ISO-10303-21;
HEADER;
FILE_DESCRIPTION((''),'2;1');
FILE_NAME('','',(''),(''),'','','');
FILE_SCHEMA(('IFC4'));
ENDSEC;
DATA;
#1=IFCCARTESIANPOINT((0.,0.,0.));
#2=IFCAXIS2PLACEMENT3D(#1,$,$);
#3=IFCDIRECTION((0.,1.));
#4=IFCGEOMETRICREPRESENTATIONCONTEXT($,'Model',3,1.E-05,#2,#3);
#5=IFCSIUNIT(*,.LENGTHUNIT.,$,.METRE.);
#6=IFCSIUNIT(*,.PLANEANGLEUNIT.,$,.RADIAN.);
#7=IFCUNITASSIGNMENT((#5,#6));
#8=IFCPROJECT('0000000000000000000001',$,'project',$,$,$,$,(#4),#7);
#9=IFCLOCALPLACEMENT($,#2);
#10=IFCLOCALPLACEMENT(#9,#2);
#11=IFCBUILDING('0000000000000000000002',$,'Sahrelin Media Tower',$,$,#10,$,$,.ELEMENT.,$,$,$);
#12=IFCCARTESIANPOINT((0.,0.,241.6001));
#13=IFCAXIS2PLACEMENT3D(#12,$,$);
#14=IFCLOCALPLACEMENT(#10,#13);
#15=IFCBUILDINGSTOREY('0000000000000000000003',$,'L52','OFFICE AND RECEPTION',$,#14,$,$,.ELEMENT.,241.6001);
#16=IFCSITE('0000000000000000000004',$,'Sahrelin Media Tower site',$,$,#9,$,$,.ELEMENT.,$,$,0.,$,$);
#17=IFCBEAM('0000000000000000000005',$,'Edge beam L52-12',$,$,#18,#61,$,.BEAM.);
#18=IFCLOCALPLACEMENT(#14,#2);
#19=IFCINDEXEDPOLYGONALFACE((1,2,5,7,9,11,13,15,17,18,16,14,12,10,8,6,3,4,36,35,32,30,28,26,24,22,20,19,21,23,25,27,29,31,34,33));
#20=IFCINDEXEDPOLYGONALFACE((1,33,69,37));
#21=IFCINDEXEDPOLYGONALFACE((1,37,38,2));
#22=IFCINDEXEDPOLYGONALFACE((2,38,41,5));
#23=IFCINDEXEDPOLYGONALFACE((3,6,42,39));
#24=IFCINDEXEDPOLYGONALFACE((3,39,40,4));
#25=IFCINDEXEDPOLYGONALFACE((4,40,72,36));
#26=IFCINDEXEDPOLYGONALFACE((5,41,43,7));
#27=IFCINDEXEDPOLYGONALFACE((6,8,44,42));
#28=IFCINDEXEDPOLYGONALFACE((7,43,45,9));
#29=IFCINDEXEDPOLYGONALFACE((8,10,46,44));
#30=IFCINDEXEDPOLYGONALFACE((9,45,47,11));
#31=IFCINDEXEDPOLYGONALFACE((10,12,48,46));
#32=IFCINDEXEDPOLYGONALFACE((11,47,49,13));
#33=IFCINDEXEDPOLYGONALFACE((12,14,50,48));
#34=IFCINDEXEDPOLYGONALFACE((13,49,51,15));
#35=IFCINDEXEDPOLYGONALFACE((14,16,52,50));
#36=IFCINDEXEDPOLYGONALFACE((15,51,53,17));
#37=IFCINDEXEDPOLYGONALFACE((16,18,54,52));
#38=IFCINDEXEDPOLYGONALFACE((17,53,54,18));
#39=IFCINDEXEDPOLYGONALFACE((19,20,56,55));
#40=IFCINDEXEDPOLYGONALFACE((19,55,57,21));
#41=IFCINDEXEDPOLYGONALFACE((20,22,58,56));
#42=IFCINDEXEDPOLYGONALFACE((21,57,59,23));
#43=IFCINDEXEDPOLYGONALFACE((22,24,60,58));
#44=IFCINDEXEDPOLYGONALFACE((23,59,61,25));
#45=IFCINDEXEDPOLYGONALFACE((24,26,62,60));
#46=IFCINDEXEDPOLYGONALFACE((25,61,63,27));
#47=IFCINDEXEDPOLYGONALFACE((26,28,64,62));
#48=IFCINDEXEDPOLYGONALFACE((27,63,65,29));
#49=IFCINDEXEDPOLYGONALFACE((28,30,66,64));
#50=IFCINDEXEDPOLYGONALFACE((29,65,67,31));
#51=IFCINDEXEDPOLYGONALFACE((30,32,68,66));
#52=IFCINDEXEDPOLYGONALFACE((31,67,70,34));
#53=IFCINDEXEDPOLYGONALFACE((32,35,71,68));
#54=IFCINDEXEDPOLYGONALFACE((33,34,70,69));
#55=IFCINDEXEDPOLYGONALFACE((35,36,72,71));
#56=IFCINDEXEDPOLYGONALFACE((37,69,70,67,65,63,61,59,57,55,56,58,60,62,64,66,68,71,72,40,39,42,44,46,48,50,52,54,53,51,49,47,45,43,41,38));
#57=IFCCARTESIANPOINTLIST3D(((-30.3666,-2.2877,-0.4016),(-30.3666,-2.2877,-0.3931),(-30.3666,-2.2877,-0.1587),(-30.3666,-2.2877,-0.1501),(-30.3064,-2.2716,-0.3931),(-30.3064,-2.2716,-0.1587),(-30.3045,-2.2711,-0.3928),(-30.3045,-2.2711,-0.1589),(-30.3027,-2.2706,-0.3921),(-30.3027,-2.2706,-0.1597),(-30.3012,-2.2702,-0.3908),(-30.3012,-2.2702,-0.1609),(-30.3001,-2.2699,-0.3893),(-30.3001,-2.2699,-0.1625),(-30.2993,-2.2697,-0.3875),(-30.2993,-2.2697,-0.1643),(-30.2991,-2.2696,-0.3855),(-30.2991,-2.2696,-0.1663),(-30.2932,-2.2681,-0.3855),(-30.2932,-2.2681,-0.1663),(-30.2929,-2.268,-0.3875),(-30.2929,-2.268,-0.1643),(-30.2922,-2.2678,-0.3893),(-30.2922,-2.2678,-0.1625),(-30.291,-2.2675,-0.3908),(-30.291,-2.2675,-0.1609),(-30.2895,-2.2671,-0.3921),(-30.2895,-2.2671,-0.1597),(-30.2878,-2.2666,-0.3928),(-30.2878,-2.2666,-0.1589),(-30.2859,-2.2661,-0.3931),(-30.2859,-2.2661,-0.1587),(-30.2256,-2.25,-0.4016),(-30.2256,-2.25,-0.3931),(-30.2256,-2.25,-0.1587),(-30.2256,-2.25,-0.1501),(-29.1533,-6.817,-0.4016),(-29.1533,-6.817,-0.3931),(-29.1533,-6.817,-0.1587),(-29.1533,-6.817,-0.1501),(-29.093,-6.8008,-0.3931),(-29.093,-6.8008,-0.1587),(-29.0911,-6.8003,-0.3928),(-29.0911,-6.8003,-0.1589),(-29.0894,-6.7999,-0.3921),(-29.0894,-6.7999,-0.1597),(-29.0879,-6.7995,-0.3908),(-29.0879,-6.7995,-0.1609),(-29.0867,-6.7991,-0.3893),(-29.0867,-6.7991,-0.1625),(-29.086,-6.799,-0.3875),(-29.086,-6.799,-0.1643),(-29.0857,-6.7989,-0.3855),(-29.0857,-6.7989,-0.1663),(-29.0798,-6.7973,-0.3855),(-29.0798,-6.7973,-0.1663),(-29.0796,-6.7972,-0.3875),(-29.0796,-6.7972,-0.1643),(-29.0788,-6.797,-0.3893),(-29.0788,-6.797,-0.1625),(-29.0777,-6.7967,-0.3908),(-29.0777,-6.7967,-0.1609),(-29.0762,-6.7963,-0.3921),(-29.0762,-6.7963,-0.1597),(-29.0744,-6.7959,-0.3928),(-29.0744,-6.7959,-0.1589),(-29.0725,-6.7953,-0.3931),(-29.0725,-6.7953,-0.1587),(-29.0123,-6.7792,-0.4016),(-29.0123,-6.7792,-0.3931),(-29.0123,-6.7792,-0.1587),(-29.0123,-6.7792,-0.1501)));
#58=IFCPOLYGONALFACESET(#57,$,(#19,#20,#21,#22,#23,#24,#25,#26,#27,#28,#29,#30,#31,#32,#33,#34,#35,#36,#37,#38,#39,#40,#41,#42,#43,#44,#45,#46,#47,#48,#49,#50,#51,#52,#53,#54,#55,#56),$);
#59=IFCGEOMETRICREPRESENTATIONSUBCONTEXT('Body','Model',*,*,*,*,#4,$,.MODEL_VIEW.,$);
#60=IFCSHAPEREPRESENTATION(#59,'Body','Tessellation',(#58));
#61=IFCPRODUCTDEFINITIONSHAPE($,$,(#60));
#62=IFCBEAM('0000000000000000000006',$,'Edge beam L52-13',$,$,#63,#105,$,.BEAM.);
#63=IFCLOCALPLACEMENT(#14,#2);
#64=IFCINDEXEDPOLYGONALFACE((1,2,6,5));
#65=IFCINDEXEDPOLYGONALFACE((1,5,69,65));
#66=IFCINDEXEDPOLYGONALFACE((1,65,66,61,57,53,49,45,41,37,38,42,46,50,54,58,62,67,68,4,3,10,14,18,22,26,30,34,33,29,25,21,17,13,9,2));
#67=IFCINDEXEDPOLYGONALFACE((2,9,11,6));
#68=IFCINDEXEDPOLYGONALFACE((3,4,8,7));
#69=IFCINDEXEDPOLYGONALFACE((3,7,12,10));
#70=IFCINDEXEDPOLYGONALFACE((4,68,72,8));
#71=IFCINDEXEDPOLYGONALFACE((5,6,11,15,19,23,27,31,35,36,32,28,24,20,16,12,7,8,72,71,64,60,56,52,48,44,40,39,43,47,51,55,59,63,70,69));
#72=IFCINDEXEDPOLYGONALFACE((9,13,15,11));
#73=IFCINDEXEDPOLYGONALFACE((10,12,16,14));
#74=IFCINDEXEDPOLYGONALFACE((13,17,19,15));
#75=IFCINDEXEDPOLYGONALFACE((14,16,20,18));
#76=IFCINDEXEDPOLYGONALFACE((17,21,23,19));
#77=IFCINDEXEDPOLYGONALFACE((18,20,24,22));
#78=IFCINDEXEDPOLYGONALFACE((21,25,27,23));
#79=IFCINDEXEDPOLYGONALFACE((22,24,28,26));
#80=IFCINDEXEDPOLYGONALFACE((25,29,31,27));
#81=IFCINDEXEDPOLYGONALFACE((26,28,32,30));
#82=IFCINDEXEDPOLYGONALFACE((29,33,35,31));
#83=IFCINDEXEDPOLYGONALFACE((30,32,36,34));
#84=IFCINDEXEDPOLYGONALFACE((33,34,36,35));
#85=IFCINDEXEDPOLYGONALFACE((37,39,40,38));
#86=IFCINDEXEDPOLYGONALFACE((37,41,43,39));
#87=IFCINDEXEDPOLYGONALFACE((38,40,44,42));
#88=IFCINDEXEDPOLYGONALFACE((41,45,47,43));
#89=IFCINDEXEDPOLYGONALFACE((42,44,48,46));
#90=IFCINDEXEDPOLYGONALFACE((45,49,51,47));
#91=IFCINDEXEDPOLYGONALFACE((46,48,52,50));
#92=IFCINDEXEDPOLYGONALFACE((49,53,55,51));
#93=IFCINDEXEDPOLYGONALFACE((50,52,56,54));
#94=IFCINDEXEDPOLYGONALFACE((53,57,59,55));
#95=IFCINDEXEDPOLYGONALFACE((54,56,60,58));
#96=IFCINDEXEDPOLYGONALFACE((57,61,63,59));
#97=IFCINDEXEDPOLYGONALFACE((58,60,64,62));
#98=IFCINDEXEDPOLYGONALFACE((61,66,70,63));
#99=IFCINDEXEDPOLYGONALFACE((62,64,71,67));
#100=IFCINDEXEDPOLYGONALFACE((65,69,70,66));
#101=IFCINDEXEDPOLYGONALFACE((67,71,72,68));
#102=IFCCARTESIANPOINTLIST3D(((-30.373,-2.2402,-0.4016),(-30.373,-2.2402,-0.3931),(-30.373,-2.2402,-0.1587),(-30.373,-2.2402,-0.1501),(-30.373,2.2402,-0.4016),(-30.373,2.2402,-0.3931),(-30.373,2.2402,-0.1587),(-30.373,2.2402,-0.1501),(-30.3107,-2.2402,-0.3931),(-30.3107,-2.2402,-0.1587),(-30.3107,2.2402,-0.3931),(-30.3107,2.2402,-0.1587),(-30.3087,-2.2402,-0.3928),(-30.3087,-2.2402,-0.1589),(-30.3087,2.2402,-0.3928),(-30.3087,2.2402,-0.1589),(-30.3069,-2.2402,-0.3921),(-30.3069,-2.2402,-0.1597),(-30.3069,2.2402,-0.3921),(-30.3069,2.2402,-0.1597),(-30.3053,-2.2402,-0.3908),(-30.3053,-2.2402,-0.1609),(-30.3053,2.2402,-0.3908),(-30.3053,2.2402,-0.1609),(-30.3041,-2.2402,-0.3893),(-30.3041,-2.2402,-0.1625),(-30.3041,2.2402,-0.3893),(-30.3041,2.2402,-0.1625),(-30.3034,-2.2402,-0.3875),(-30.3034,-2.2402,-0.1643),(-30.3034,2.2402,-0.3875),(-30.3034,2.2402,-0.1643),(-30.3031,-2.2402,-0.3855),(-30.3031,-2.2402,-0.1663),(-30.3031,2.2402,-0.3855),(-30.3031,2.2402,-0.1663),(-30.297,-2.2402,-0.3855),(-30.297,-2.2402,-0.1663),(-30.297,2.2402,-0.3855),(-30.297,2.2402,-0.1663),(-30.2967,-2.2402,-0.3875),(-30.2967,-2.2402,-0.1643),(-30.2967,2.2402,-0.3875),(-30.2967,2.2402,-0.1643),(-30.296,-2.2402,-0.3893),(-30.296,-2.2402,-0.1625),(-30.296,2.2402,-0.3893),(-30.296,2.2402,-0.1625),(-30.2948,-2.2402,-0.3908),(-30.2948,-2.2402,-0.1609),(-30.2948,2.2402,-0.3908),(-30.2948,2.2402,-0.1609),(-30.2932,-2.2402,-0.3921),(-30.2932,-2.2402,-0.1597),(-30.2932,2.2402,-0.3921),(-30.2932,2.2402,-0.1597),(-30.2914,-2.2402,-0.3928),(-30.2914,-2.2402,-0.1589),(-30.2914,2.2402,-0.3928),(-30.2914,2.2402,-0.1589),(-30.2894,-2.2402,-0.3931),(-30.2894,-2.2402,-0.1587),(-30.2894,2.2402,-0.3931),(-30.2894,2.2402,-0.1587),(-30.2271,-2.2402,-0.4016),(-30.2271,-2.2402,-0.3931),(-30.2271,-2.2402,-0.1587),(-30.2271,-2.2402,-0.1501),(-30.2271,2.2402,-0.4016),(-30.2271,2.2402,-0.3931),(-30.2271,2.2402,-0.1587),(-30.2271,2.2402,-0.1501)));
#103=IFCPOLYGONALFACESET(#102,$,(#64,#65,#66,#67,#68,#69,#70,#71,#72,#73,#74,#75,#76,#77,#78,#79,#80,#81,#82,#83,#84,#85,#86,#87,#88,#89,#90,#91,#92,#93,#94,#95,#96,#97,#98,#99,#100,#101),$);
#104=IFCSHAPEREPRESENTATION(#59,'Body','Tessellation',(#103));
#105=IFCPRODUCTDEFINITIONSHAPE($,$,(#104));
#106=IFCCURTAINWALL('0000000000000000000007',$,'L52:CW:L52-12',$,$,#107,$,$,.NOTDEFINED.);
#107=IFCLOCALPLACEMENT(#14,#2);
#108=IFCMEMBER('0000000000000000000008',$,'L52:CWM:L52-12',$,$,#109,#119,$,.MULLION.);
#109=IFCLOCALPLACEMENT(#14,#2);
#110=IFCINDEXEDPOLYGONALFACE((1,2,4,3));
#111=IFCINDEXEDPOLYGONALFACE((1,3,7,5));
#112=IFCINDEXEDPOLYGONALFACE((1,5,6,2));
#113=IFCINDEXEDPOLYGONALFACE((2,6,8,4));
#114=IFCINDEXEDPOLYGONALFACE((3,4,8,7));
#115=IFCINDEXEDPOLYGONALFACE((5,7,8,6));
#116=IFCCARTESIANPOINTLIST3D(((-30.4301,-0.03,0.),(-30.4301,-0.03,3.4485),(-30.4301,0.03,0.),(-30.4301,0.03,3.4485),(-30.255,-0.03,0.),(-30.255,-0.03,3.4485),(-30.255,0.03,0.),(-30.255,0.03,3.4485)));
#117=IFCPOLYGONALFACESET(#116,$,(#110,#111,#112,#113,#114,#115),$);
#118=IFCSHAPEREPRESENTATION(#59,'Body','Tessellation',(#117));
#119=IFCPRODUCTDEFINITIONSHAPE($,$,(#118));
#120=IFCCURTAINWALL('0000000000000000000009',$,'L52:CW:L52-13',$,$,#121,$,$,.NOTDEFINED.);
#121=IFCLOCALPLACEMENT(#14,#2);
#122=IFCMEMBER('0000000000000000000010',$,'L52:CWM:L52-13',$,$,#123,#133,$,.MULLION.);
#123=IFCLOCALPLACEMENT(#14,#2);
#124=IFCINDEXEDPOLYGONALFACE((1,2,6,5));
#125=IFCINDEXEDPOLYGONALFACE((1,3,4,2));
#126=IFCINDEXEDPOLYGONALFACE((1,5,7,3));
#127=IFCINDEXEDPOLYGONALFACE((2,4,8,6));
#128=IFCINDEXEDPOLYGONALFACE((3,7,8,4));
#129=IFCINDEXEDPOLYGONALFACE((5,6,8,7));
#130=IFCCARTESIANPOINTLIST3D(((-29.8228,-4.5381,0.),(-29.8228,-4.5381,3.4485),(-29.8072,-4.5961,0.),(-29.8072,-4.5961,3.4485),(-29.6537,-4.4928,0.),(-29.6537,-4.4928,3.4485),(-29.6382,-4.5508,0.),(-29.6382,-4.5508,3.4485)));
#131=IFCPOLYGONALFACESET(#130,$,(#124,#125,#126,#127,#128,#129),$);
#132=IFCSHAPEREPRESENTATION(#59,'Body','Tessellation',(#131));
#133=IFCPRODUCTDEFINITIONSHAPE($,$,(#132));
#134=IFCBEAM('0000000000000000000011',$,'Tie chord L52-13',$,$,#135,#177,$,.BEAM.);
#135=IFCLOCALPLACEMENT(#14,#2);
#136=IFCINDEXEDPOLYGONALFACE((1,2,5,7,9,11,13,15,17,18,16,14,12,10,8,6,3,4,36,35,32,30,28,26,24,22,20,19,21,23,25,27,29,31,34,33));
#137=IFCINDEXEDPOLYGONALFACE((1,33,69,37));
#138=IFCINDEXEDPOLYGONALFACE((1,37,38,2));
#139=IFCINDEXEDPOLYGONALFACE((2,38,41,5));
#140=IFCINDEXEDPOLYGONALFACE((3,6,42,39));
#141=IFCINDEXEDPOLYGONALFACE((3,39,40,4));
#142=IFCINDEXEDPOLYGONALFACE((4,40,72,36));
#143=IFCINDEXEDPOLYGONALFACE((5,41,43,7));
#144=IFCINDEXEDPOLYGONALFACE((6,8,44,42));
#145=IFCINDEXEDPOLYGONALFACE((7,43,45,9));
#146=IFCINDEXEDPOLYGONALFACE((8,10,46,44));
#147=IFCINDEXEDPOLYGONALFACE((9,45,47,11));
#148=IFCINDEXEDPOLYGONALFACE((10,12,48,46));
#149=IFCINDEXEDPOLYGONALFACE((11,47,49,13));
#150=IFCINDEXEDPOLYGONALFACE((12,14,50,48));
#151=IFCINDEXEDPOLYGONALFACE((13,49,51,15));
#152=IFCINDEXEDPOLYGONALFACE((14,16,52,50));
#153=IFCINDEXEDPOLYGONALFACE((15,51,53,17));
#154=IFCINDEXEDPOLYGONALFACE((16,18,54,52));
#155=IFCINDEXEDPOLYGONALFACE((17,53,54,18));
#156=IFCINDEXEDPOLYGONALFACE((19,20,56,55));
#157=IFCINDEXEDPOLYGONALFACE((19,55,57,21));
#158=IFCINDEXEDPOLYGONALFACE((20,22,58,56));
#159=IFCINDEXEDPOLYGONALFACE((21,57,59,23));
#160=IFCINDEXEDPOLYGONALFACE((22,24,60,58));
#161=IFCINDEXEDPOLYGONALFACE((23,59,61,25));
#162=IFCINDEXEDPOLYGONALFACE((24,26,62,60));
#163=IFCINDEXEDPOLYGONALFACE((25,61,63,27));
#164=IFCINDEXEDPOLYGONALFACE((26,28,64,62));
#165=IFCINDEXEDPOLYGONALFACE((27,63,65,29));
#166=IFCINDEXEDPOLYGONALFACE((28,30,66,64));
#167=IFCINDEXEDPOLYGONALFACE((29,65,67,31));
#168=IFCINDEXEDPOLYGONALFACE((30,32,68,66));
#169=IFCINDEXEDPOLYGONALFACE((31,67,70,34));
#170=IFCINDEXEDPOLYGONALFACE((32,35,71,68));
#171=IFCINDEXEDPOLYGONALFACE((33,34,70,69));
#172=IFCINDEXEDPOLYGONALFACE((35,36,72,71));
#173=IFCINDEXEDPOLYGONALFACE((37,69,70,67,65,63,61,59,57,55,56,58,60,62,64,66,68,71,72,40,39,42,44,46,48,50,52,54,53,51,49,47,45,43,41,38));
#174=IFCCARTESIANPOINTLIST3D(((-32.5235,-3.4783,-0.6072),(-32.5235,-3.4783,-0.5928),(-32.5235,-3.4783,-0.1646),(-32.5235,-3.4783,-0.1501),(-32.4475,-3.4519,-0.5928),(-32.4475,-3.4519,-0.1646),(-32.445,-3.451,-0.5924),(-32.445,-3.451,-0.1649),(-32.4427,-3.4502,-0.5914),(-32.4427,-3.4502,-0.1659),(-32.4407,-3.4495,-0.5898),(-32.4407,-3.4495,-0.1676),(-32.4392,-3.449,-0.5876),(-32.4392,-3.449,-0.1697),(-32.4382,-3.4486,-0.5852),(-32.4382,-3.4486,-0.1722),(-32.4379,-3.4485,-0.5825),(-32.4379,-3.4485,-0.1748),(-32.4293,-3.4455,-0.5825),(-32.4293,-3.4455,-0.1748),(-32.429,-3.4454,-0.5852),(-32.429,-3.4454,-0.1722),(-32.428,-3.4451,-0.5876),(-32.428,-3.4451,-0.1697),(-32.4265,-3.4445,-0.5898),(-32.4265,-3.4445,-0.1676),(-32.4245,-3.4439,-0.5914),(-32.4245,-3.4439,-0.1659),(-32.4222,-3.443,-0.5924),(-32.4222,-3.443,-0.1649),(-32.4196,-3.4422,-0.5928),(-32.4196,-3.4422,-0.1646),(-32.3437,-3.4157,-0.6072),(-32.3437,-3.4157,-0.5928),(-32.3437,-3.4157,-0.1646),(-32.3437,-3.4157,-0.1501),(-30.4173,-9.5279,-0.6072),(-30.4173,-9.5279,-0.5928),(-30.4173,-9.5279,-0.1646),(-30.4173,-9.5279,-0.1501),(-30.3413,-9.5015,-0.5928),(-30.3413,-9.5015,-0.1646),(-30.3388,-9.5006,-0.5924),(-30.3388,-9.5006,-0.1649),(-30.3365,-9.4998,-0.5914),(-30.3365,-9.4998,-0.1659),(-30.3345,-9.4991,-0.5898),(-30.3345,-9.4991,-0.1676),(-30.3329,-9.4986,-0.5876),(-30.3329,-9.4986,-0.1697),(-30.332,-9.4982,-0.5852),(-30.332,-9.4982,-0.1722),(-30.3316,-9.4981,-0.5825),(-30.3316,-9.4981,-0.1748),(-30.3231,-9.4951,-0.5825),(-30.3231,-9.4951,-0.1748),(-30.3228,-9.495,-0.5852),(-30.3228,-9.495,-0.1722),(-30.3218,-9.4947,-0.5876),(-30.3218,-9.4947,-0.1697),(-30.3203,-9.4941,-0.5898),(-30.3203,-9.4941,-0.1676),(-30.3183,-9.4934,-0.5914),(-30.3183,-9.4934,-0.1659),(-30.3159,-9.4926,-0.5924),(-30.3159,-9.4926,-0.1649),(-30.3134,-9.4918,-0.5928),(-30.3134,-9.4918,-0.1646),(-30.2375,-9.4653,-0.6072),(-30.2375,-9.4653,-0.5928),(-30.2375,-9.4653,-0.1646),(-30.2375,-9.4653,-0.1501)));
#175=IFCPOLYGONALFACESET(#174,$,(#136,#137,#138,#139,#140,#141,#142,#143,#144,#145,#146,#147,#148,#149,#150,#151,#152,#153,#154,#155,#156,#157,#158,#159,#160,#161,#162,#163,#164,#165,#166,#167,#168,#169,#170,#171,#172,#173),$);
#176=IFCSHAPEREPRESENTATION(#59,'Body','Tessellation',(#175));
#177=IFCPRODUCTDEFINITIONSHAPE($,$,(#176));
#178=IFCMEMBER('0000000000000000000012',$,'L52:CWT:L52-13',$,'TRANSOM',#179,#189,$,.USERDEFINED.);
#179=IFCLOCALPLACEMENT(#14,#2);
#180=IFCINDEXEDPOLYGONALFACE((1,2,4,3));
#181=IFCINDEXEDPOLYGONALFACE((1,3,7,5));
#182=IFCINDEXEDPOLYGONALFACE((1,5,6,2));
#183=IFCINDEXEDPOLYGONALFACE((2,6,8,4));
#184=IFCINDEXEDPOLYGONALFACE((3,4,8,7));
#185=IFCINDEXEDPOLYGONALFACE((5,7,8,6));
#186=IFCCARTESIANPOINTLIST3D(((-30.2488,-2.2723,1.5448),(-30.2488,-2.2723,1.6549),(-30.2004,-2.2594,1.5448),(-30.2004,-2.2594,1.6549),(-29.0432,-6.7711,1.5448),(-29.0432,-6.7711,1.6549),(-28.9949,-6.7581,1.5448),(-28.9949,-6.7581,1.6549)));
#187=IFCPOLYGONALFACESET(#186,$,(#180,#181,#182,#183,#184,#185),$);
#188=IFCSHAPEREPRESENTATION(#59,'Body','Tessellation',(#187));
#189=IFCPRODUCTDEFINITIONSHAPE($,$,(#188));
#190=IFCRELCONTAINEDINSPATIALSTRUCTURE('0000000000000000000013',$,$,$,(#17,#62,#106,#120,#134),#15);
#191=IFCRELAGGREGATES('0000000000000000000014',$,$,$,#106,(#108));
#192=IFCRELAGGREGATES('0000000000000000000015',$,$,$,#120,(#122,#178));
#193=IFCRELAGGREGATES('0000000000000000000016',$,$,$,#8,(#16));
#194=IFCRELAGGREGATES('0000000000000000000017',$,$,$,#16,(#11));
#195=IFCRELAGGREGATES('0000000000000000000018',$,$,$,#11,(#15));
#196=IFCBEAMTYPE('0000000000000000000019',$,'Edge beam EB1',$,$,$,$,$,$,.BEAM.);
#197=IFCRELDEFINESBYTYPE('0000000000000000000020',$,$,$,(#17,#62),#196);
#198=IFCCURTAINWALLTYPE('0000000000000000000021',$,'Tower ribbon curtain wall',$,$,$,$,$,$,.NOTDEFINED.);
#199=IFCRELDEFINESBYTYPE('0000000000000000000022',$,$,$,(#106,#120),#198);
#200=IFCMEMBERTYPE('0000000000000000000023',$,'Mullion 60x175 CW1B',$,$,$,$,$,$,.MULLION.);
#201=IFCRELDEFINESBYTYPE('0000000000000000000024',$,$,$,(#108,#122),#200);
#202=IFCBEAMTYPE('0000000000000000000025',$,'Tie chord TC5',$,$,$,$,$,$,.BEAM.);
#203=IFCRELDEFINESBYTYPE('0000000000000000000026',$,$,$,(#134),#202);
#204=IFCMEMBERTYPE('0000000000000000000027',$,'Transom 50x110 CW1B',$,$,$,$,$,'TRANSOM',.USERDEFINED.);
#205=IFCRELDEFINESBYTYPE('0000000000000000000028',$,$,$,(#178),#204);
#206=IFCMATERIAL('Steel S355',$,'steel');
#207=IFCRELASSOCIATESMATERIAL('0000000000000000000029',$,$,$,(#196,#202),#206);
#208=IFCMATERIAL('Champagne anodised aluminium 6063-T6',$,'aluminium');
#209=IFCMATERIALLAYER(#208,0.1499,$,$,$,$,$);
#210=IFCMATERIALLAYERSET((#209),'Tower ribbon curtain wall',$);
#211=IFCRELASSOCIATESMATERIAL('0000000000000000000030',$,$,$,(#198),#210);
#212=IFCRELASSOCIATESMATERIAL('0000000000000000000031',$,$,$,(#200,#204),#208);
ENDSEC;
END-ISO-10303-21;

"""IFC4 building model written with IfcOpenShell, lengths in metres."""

from ifc_helpers import new_model, si_unit, direction, frame, origin, origin_2d, place, context, subcontext, project, spatial, rectangle, i_section, extrude, material, layer, layer_set, material_profile, profile_set, type_object, element, aggregate, save


model = new_model("IFC4")

# Units and contexts
model_context = context("Model", 3, precision=1e-05, world=origin(), true_north=direction((0.0, 1.0)))
body_context = subcontext(model_context, "Body", "Model", "MODEL_VIEW")
ifc_project = project(units=[si_unit("LENGTHUNIT", "METRE"), si_unit("PLANEANGLEUNIT", "RADIAN")], contexts=[model_context])

# Site, building, storey
site_placement = place(None, origin())
site = spatial("IfcSite", under=ifc_project, at=site_placement, Name="Sahrelin Media Tower site", CompositionType="ELEMENT", RefElevation=0.0)
building_placement = place(site_placement, origin())
building = spatial("IfcBuilding", under=site, at=building_placement, Name="Sahrelin Media Tower", CompositionType="ELEMENT")
storey_placement = place(building_placement, frame((0.0, 0.0, 241.6001)))
storey = spatial("IfcBuildingStorey", under=building, at=storey_placement, Name="L52", Description="OFFICE AND RECEPTION", CompositionType="ELEMENT", Elevation=241.6001)

# Beams
ifc_material_1 = material(Name="Steel S355", Category="steel")
ifc_material_profile_1 = material_profile(ifc_material_1, i_section(OverallWidth=0.146, OverallDepth=0.2515, WebThickness=0.0061, FlangeThickness=0.0085, FilletRadius=0.0076, at=origin_2d()), Name="UB 254x146x31")
ifc_profile_set_1 = profile_set([ifc_material_profile_1], Name="Steel S355")
beam_type_1 = type_object("IfcBeamType", Name="Edge beam EB1", PredefinedType="BEAM", material=ifc_profile_set_1)
beam_1_placement = place(storey_placement, frame((-29.0828, -6.7981, -0.2759), z_axis=(-0.258771, 0.965939, 0.0), x_axis=(-0.965939, -0.258771, 0.0)))
element("IfcBeam", 1, at=beam_1_placement, inside=storey, type_object=beam_type_1, Name="Edge beam L52-12", PredefinedType="BEAM", context=body_context, shape_type="SweptSolid", body=[
    extrude(i_section(OverallWidth=0.146, OverallDepth=0.2515, WebThickness=0.0061, FlangeThickness=0.0085, FilletRadius=0.0076, at=origin_2d()), origin(), (0.0, 0.0, 1.0), 4.689),
])
beam_2_placement = place(storey_placement, frame((-30.3, -2.2402, -0.2759), z_axis=(0.0, 1.0, 0.0), x_axis=(-1.0, 0.0, 0.0)))
element("IfcBeam", 2, at=beam_2_placement, inside=storey, type_object=beam_type_1, Name="Edge beam L52-13", PredefinedType="BEAM", context=body_context, shape_type="SweptSolid", body=[
    extrude(i_section(OverallWidth=0.146, OverallDepth=0.2515, WebThickness=0.0061, FlangeThickness=0.0085, FilletRadius=0.0076, at=origin_2d()), origin(), (0.0, 0.0, 1.0), 4.4805),
])

# Curtain walls, members
ifc_material_2 = material(Name="Champagne anodised aluminium 6063-T6", Category="aluminium")
ifc_layer_1 = layer(ifc_material_2, 0.1499)
ifc_layer_set_1 = layer_set([ifc_layer_1], Name="Tower ribbon curtain wall")
curtain_wall_type = type_object("IfcCurtainWallType", Name="Tower ribbon curtain wall", PredefinedType="NOTDEFINED", material=ifc_layer_set_1)
curtain_wall_1_placement = place(storey_placement, frame((-30.45, 0.0, 0.0), z_axis=(0.0, 0.0, 1.0), x_axis=(1.0, 0.0, 0.0)))
curtain_wall_1 = element("IfcCurtainWall", 3, at=curtain_wall_1_placement, inside=storey, type_object=curtain_wall_type, Name="L52:CW:L52-12", PredefinedType="NOTDEFINED")
ifc_material_profile_2 = material_profile(ifc_material_2, rectangle(XDim=0.0601, YDim=0.175, at=origin_2d()), Name="Mullion 60x175")
ifc_profile_set_2 = profile_set([ifc_material_profile_2], Name="Champagne anodised aluminium 6063-T6")
member_type_1 = type_object("IfcMemberType", Name="Mullion 60x175 CW1B", PredefinedType="MULLION", material=ifc_profile_set_2)
member_1_placement = place(storey_placement, frame((-30.3425, 0.0, 0.0), z_axis=(0.0, 0.0, 1.0), x_axis=(0.0, -1.0, 0.0)))
member_1 = element("IfcMember", 4, at=member_1_placement, type_object=member_type_1, Name="L52:CWM:L52-12", PredefinedType="MULLION", context=body_context, shape_type="SweptSolid", body=[
    extrude(rectangle(XDim=0.0601, YDim=0.175, at=origin_2d()), origin(), (0.0, 0.0, 1.0), 3.4485),
])
aggregate(curtain_wall_1, [member_1])
curtain_wall_2_placement = place(storey_placement, frame((-29.8345, -4.5723, 0.0), z_axis=(0.0, 0.0, 1.0), x_axis=(1.0, 0.0, 0.0)))
curtain_wall_2 = element("IfcCurtainWall", 5, at=curtain_wall_2_placement, inside=storey, type_object=curtain_wall_type, Name="L52:CW:L52-13", PredefinedType="NOTDEFINED")
member_2_placement = place(storey_placement, frame((-29.7305, -4.5444, 0.0), z_axis=(0.0, 0.0, 1.0), x_axis=(0.258812, -0.965928, 0.0)))
member_2 = element("IfcMember", 6, at=member_2_placement, type_object=member_type_1, Name="L52:CWM:L52-13", PredefinedType="MULLION", context=body_context, shape_type="SweptSolid", body=[
    extrude(rectangle(XDim=0.0601, YDim=0.175, at=origin_2d()), origin(), (0.0, 0.0, 1.0), 3.4485),
])

# Beam
ifc_material_profile_3 = material_profile(ifc_material_1, i_section(OverallWidth=0.1904, OverallDepth=0.457, WebThickness=0.009, FlangeThickness=0.0144, FilletRadius=0.0103, at=origin_2d()), Name="UB 457x191x74")
ifc_profile_set_3 = profile_set([ifc_material_profile_3], Name="Steel S355")
beam_type_2 = type_object("IfcBeamType", Name="Tie chord TC5", PredefinedType="BEAM", material=ifc_profile_set_3)
beam_3_placement = place(storey_placement, frame((-32.4336, -3.447, -0.3787), z_axis=(0.3288, -0.9444, 0.0), x_axis=(0.9444, 0.3288, 0.0)))
element("IfcBeam", 7, at=beam_3_placement, inside=storey, type_object=beam_type_2, Name="Tie chord L52-13", PredefinedType="BEAM", context=body_context, shape_type="SweptSolid", body=[
    extrude(i_section(OverallWidth=0.1904, OverallDepth=0.457, WebThickness=0.009, FlangeThickness=0.0144, FilletRadius=0.0103, at=origin_2d()), origin(), (0.0, 0.0, 1.0), 6.4058),
])

# Member
ifc_material_profile_4 = material_profile(ifc_material_2, rectangle(XDim=0.05, YDim=0.1101, at=origin_2d()), Name="Transom 50x110")
ifc_profile_set_4 = profile_set([ifc_material_profile_4], Name="Champagne anodised aluminium 6063-T6")
member_type_2 = type_object("IfcMemberType", Name="Transom 50x110 CW1B", ElementType="TRANSOM", PredefinedType="USERDEFINED", material=ifc_profile_set_4)
member_3_placement = place(storey_placement, frame((-30.2246, -2.2659, 1.5999), z_axis=(0.258844, -0.965919, 0.0), x_axis=(0.965919, 0.258844, 0.0)))
member_3 = element("IfcMember", 8, at=member_3_placement, type_object=member_type_2, Name="L52:CWT:L52-13", ObjectType="TRANSOM", PredefinedType="USERDEFINED", context=body_context, shape_type="SweptSolid", body=[
    extrude(rectangle(XDim=0.05, YDim=0.1101, at=origin_2d()), origin(), (0.0, 0.0, 1.0), 4.6575),
])

aggregate(curtain_wall_2, [member_2, member_3])

save(model, "model.ifc")
